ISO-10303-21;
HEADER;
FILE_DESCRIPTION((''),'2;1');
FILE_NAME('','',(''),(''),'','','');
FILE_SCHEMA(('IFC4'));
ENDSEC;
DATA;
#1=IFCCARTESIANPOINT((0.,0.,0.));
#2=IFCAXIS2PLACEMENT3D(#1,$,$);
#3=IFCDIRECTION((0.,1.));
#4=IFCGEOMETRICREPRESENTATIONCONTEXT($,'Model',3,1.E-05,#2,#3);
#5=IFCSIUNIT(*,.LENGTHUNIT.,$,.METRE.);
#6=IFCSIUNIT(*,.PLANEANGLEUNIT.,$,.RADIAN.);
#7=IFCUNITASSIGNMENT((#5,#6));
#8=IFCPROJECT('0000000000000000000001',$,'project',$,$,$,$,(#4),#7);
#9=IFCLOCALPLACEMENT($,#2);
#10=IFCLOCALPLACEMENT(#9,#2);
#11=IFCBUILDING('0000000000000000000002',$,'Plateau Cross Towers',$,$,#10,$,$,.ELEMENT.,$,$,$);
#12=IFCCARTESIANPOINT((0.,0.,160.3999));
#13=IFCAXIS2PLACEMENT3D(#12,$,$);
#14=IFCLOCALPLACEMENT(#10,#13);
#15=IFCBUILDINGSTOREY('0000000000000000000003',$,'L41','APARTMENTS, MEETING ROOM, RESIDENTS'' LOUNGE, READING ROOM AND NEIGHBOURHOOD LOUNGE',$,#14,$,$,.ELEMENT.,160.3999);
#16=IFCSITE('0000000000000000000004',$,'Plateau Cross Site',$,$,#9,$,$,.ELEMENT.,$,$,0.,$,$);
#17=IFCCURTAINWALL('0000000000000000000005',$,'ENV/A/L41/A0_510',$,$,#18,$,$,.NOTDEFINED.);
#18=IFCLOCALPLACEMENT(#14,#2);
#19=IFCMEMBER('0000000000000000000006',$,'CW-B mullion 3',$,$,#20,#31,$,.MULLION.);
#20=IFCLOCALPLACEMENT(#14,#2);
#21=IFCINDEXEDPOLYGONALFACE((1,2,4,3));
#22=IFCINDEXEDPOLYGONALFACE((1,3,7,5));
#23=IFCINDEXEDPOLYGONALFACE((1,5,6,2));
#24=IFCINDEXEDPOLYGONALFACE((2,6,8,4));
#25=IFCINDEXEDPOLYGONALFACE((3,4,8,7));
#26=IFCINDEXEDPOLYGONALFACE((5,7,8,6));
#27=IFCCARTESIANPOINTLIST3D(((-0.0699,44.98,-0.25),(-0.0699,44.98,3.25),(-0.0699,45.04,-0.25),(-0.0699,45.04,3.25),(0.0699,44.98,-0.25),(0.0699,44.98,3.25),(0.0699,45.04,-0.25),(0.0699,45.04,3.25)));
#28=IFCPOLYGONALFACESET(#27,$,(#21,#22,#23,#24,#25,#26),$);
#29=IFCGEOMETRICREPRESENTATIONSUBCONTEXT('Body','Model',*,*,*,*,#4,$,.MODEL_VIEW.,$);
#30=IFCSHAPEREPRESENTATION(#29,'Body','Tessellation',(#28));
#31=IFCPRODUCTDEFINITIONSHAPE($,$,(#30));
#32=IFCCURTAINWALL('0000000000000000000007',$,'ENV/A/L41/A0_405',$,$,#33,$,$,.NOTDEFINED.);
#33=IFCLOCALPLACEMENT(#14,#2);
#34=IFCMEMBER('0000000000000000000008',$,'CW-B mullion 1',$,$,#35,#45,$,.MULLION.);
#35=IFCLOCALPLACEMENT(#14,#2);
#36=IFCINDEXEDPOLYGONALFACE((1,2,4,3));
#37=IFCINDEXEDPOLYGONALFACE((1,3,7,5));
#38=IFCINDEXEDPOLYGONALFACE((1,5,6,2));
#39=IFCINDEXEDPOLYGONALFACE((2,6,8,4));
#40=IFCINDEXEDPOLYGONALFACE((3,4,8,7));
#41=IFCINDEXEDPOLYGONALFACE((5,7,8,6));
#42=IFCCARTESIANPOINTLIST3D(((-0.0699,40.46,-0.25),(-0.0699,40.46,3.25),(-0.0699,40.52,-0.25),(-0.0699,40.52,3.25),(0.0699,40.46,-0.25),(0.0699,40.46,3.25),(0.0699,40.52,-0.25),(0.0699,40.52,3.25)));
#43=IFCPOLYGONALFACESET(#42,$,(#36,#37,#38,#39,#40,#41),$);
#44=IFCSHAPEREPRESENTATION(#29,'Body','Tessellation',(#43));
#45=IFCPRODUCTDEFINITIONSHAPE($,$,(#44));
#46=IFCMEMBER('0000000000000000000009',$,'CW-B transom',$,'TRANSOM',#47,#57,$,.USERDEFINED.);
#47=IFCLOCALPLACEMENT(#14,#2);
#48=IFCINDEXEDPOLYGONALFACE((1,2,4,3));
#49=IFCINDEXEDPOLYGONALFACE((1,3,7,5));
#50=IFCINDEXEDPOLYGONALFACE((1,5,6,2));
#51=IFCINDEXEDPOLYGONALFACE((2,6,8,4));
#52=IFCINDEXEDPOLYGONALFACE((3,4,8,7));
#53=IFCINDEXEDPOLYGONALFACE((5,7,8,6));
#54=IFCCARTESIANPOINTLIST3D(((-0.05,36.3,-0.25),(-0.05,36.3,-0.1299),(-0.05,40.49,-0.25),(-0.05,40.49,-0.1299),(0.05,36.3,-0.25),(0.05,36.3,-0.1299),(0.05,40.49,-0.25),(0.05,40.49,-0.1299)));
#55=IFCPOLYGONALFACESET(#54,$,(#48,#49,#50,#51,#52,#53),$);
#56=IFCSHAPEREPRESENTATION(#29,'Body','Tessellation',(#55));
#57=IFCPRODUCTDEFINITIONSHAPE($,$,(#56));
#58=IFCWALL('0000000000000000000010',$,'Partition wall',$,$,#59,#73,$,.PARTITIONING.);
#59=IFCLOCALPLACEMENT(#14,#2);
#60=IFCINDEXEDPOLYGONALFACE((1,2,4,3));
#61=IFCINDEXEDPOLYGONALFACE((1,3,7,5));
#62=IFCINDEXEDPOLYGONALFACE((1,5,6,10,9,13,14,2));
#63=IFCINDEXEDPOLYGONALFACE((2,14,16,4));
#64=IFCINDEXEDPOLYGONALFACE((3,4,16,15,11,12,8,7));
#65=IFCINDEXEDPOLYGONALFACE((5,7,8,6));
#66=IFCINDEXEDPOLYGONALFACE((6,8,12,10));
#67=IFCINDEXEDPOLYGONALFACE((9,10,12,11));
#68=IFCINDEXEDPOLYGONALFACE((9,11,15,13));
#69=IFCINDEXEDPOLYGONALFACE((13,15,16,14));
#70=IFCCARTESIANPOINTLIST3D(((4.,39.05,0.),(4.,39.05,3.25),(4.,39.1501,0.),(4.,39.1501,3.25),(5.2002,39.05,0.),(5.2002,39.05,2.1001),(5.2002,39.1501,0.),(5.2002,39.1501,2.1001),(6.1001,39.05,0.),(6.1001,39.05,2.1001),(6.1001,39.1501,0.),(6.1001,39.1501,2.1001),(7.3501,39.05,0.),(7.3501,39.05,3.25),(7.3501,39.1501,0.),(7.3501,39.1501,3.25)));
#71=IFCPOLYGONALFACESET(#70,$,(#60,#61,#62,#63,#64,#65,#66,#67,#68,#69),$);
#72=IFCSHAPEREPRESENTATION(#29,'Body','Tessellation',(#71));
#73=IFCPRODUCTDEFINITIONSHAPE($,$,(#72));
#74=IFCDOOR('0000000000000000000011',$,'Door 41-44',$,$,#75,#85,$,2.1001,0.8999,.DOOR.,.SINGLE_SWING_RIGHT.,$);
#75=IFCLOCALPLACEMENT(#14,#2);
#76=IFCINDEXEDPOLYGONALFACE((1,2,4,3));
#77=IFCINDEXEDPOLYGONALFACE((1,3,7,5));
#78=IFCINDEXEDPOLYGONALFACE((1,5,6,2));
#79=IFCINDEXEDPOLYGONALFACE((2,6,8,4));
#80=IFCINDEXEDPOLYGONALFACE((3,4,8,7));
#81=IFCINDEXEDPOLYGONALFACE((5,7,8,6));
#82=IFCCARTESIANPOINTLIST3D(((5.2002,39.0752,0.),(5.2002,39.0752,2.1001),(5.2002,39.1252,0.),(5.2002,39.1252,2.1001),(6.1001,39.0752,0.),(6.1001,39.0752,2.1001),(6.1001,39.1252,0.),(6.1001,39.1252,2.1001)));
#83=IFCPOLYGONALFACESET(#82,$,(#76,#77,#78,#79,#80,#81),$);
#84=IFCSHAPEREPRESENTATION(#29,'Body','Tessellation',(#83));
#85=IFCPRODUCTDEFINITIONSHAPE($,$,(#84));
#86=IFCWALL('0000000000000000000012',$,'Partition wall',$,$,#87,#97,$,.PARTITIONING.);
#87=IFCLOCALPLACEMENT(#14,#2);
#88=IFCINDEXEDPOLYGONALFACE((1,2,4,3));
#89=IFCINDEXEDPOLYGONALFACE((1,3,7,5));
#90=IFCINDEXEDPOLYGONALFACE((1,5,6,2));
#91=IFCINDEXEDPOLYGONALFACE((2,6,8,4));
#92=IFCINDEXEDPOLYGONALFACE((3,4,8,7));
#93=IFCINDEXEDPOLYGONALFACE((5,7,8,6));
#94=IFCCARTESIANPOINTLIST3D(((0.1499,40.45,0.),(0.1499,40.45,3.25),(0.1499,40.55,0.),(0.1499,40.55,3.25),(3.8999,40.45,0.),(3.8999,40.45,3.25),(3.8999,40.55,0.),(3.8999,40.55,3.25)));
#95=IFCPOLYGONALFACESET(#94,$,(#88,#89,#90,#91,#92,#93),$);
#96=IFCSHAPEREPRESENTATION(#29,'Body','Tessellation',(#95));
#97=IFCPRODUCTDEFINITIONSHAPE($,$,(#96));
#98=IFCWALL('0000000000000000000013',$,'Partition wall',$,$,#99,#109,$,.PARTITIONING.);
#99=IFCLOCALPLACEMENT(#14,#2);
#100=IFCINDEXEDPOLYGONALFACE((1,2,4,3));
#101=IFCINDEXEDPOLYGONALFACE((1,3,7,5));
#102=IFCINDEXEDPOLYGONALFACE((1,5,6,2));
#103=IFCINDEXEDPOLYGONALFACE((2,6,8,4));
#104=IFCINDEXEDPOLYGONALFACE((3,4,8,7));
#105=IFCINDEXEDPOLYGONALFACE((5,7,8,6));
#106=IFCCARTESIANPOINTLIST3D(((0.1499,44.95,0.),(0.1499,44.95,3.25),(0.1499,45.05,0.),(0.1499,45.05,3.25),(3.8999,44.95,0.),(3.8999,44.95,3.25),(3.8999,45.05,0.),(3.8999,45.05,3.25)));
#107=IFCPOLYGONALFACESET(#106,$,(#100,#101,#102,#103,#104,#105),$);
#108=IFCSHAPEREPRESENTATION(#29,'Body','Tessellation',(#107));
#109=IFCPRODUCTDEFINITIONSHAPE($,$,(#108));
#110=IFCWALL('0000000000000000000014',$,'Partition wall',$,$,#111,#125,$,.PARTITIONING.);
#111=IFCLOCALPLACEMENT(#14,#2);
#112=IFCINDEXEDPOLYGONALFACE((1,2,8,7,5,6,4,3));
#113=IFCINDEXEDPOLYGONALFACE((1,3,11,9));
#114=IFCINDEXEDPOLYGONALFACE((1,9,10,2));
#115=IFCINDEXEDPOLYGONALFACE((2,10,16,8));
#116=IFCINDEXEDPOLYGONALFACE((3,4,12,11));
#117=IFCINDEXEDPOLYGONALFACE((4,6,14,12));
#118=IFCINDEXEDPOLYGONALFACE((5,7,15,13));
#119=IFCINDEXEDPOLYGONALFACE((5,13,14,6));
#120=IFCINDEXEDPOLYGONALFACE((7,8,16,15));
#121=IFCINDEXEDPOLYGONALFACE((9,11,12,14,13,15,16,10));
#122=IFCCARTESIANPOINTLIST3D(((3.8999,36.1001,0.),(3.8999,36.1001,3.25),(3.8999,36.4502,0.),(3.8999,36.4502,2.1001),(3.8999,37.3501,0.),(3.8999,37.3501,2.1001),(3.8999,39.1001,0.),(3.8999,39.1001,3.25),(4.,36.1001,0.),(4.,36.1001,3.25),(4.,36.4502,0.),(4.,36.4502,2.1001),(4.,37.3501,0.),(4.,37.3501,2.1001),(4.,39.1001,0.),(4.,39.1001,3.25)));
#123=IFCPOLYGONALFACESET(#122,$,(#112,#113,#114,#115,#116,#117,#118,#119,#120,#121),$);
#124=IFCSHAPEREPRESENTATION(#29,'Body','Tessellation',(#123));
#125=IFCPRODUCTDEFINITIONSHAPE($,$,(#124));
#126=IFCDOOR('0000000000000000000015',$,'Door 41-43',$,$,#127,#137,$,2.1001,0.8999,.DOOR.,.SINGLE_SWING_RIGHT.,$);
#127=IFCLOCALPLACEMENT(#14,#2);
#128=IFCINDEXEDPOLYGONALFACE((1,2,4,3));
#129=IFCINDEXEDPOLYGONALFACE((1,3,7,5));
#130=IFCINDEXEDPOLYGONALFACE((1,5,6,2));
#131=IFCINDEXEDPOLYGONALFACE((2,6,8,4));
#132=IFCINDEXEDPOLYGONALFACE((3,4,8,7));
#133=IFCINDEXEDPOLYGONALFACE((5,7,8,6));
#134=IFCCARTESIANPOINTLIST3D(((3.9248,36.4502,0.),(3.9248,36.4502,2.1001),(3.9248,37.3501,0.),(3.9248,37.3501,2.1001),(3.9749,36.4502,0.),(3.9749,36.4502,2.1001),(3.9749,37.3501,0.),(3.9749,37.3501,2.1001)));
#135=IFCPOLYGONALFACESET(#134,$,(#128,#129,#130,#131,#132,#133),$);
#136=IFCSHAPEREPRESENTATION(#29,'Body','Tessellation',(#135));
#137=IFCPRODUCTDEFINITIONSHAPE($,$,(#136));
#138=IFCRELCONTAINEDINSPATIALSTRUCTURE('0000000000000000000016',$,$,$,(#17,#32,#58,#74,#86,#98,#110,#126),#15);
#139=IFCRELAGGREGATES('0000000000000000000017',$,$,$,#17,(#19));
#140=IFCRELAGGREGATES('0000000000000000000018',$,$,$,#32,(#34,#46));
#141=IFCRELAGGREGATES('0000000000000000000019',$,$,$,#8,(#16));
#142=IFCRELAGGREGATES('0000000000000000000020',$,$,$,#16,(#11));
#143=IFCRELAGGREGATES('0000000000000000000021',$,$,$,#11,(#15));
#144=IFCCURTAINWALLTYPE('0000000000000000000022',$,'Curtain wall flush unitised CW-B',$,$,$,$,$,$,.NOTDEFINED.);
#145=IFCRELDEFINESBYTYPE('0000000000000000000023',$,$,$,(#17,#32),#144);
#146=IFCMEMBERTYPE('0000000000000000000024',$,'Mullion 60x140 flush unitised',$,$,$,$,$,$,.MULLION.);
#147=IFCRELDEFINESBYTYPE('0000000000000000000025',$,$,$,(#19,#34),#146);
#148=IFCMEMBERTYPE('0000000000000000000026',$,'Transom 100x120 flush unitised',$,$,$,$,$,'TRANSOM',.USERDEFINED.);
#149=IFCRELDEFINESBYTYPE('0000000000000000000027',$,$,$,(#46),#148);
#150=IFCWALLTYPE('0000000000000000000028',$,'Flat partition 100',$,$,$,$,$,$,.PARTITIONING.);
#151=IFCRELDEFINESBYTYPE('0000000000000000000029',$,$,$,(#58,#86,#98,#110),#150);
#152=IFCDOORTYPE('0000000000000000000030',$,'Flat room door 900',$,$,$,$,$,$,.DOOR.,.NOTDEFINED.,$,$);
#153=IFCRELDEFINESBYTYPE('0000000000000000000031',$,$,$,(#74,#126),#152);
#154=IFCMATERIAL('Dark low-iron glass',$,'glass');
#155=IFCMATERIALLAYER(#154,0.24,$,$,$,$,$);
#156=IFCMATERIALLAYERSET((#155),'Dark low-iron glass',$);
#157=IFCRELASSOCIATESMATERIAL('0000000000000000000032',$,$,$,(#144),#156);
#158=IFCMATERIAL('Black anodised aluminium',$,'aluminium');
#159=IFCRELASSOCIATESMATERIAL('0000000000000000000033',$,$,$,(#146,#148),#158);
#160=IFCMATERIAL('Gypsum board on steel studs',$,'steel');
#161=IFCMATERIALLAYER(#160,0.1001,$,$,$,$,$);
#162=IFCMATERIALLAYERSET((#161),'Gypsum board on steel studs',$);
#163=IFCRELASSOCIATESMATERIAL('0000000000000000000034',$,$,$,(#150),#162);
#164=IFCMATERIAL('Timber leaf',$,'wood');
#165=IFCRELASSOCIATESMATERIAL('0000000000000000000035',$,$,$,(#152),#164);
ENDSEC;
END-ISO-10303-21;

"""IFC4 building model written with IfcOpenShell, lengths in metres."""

from ifc_helpers import new_model, si_unit, direction, frame, frame_2d, origin, origin_2d, place, context, subcontext, project, spatial, rectangle, extrude, material, layer, layer_set, material_profile, profile_set, type_object, element, fill, aggregate, save


model = new_model("IFC4")

# Units and contexts
model_context = context("Model", 3, precision=1e-05, world=origin(), true_north=direction((0.0, 1.0)))
body_context = subcontext(model_context, "Body", "Model", "MODEL_VIEW")
ifc_project = project(units=[si_unit("LENGTHUNIT", "METRE"), si_unit("PLANEANGLEUNIT", "RADIAN")], contexts=[model_context])

# Site, building, storey
site_placement = place(None, origin())
site = spatial("IfcSite", under=ifc_project, at=site_placement, Name="Plateau Cross Site", CompositionType="ELEMENT", RefElevation=0.0)
building_placement = place(site_placement, origin())
building = spatial("IfcBuilding", under=site, at=building_placement, Name="Plateau Cross Towers", CompositionType="ELEMENT")
storey_placement = place(building_placement, frame((0.0, 0.0, 160.3999)))
storey = spatial("IfcBuildingStorey", under=building, at=storey_placement, Name="L41", Description="APARTMENTS, MEETING ROOM, RESIDENTS' LOUNGE, READING ROOM AND NEIGHBOURHOOD LOUNGE", CompositionType="ELEMENT", Elevation=160.3999)

# Curtain wall, member
ifc_material_1 = material(Name="Dark low-iron glass", Category="glass")
ifc_layer_1 = layer(ifc_material_1, 0.24)
ifc_layer_set_1 = layer_set([ifc_layer_1], Name="Dark low-iron glass")
curtain_wall_type = type_object("IfcCurtainWallType", Name="Curtain wall flush unitised CW-B", PredefinedType="NOTDEFINED", material=ifc_layer_set_1)
curtain_wall_1_placement = place(storey_placement, origin())
curtain_wall_1 = element("IfcCurtainWall", 1, at=curtain_wall_1_placement, inside=storey, type_object=curtain_wall_type, Name="ENV/A/L41/A0_510", PredefinedType="NOTDEFINED")
ifc_material_2 = material(Name="Black anodised aluminium", Category="aluminium")
ifc_material_profile_1 = material_profile(ifc_material_2, rectangle(XDim=0.0601, YDim=0.1399, at=origin_2d()), Name="MULLION 60x140")
ifc_profile_set_1 = profile_set([ifc_material_profile_1], Name="Black anodised aluminium")
member_type_1 = type_object("IfcMemberType", Name="Mullion 60x140 flush unitised", PredefinedType="MULLION", material=ifc_profile_set_1)
member_1_placement = place(storey_placement, frame((0.0, 45.01, -0.25), z_axis=(0.0, 0.0, 1.0), x_axis=(0.0, -1.0, 0.0)))
member_1 = element("IfcMember", 2, at=member_1_placement, type_object=member_type_1, Name="CW-B mullion 3", PredefinedType="MULLION", context=body_context, shape_type="SweptSolid", body=[
    extrude(rectangle(XDim=0.0601, YDim=0.1399, at=origin_2d()), origin(), (0.0, 0.0, 1.0), 3.5),
])
aggregate(curtain_wall_1, [member_1])

# Curtain wall, members
curtain_wall_2_placement = place(storey_placement, origin())
curtain_wall_2 = element("IfcCurtainWall", 3, at=curtain_wall_2_placement, inside=storey, type_object=curtain_wall_type, Name="ENV/A/L41/A0_405", PredefinedType="NOTDEFINED")
member_2_placement = place(storey_placement, frame((0.0, 40.49, -0.25), z_axis=(0.0, 0.0, 1.0), x_axis=(0.0, -1.0, 0.0)))
member_2 = element("IfcMember", 4, at=member_2_placement, type_object=member_type_1, Name="CW-B mullion 1", PredefinedType="MULLION", context=body_context, shape_type="SweptSolid", body=[
    extrude(rectangle(XDim=0.0601, YDim=0.1399, at=origin_2d()), origin(), (0.0, 0.0, 1.0), 3.5),
])
ifc_material_profile_2 = material_profile(ifc_material_2, rectangle(XDim=0.1001, YDim=0.1201, at=origin_2d()), Name="TRANSOM 100x120")
ifc_profile_set_2 = profile_set([ifc_material_profile_2], Name="Black anodised aluminium")
member_type_2 = type_object("IfcMemberType", Name="Transom 100x120 flush unitised", ElementType="TRANSOM", PredefinedType="USERDEFINED", material=ifc_profile_set_2)
member_3_placement = place(storey_placement, frame((0.0, 40.49, -0.1899), z_axis=(0.0, -1.0, 0.0), x_axis=(1.0, 0.0, 0.0)))
member_3 = element("IfcMember", 5, at=member_3_placement, type_object=member_type_2, Name="CW-B transom", ObjectType="TRANSOM", PredefinedType="USERDEFINED", context=body_context, shape_type="SweptSolid", body=[
    extrude(rectangle(XDim=0.1001, YDim=0.1201, at=origin_2d()), origin(), (0.0, 0.0, 1.0), 4.1899),
])
aggregate(curtain_wall_2, [member_2, member_3])

# Wall, opening, door
ifc_material_3 = material(Name="Gypsum board on steel studs", Category="steel")
ifc_layer_2 = layer(ifc_material_3, 0.1001)
ifc_layer_set_2 = layer_set([ifc_layer_2], Name="Gypsum board on steel studs")
wall_type_1 = type_object("IfcWallType", Name="Flat partition 100", PredefinedType="PARTITIONING", material=ifc_layer_set_2)
wall_1_placement = place(storey_placement, frame((7.3501, 39.1001, 0.0), z_axis=(0.0, 0.0, 1.0), x_axis=(-1.0, 0.0, 0.0)))
wall_1 = element("IfcWall", 6, at=wall_1_placement, inside=storey, type_object=wall_type_1, Name="Partition wall", PredefinedType="PARTITIONING", context=body_context, shape_type="SweptSolid", body=[
    extrude(rectangle(XDim=3.3501, YDim=0.1001, at=frame_2d((1.675, 0.0))), origin(), (0.0, 0.0, 1.0), 3.25),
])
opening_1_placement = place(wall_1_placement, frame((1.25, 0.0, 0.0)))
opening_1 = element("IfcOpeningElement", 7, at=opening_1_placement, cuts=wall_1, PredefinedType="OPENING", context=body_context, shape_type="SweptSolid", body=[
    extrude(rectangle(XDim=0.8999, YDim=2.1001, at=frame_2d((0.45, 1.05))), frame((0.0, 0.0601, 0.0), z_axis=(0.0, -1.0, 0.0), x_axis=(1.0, 0.0, 0.0)), (0.0, 0.0, 1.0), 0.1201),
])
ifc_material_4 = material(Name="Timber leaf", Category="wood")
door_type_1 = type_object("IfcDoorType", Name="Flat room door 900", OperationType="NOTDEFINED", PredefinedType="DOOR", material=ifc_material_4)
door_1_placement = place(opening_1_placement, origin())
door_1 = element("IfcDoor", 8, at=door_1_placement, inside=storey, type_object=door_type_1, Name="Door 41-44", OperationType="SINGLE_SWING_RIGHT", OverallHeight=2.1001, OverallWidth=0.8999, PredefinedType="DOOR", context=body_context, shape_type="SweptSolid", body=[
    extrude(rectangle(XDim=0.8999, YDim=2.1001, at=frame_2d((0.45, 1.05))), frame((0.0, 0.0249, 0.0), z_axis=(0.0, -1.0, 0.0), x_axis=(1.0, 0.0, 0.0)), (0.0, 0.0, 1.0), 0.05),
])
fill(opening_1, door_1)

# Walls
for number, where, z_axis, x_axis, name in (
    (9, (0.1499, 40.5, 0.0), (0.0, 0.0, 1.0), (1.0, 0.0, 0.0), "Partition wall"),
    (10, (3.8999, 45.0, 0.0), (0.0, 0.0, 1.0), (-1.0, 0.0, 0.0), "Partition wall"),
):
    element("IfcWall", number, at=place(storey_placement, frame(where, z_axis=z_axis, x_axis=x_axis)), inside=storey, type_object=wall_type_1, Name=name, PredefinedType="PARTITIONING", context=body_context, shape_type="SweptSolid", body=[
        extrude(rectangle(XDim=3.75, YDim=0.1001, at=frame_2d((1.875, 0.0))), origin(), (0.0, 0.0, 1.0), 3.25),
    ])

# Wall, opening, door
wall_2_placement = place(storey_placement, frame((3.95, 39.1001, 0.0), z_axis=(0.0, 0.0, 1.0), x_axis=(0.0, -1.0, 0.0)))
wall_2 = element("IfcWall", 11, at=wall_2_placement, inside=storey, type_object=wall_type_1, Name="Partition wall", PredefinedType="PARTITIONING", context=body_context, shape_type="SweptSolid", body=[
    extrude(rectangle(XDim=3.0, YDim=0.1001, at=frame_2d((1.5, 0.0))), origin(), (0.0, 0.0, 1.0), 3.25),
])
opening_2_placement = place(wall_2_placement, frame((1.75, 0.0, 0.0)))
opening_2 = element("IfcOpeningElement", 12, at=opening_2_placement, cuts=wall_2, PredefinedType="OPENING", context=body_context, shape_type="SweptSolid", body=[
    extrude(rectangle(XDim=0.8999, YDim=2.1001, at=frame_2d((0.45, 1.05))), frame((0.0, 0.0601, 0.0), z_axis=(0.0, -1.0, 0.0), x_axis=(1.0, 0.0, 0.0)), (0.0, 0.0, 1.0), 0.1201),
])
door_2_placement = place(opening_2_placement, origin())
door_2 = element("IfcDoor", 13, at=door_2_placement, inside=storey, type_object=door_type_1, Name="Door 41-43", OperationType="SINGLE_SWING_RIGHT", OverallHeight=2.1001, OverallWidth=0.8999, PredefinedType="DOOR", context=body_context, shape_type="SweptSolid", body=[
    extrude(rectangle(XDim=0.8999, YDim=2.1001, at=frame_2d((0.45, 1.05))), frame((0.0, 0.0249, 0.0), z_axis=(0.0, -1.0, 0.0), x_axis=(1.0, 0.0, 0.0)), (0.0, 0.0, 1.0), 0.05),
])
fill(opening_2, door_2)

save(model, "model.ifc")
